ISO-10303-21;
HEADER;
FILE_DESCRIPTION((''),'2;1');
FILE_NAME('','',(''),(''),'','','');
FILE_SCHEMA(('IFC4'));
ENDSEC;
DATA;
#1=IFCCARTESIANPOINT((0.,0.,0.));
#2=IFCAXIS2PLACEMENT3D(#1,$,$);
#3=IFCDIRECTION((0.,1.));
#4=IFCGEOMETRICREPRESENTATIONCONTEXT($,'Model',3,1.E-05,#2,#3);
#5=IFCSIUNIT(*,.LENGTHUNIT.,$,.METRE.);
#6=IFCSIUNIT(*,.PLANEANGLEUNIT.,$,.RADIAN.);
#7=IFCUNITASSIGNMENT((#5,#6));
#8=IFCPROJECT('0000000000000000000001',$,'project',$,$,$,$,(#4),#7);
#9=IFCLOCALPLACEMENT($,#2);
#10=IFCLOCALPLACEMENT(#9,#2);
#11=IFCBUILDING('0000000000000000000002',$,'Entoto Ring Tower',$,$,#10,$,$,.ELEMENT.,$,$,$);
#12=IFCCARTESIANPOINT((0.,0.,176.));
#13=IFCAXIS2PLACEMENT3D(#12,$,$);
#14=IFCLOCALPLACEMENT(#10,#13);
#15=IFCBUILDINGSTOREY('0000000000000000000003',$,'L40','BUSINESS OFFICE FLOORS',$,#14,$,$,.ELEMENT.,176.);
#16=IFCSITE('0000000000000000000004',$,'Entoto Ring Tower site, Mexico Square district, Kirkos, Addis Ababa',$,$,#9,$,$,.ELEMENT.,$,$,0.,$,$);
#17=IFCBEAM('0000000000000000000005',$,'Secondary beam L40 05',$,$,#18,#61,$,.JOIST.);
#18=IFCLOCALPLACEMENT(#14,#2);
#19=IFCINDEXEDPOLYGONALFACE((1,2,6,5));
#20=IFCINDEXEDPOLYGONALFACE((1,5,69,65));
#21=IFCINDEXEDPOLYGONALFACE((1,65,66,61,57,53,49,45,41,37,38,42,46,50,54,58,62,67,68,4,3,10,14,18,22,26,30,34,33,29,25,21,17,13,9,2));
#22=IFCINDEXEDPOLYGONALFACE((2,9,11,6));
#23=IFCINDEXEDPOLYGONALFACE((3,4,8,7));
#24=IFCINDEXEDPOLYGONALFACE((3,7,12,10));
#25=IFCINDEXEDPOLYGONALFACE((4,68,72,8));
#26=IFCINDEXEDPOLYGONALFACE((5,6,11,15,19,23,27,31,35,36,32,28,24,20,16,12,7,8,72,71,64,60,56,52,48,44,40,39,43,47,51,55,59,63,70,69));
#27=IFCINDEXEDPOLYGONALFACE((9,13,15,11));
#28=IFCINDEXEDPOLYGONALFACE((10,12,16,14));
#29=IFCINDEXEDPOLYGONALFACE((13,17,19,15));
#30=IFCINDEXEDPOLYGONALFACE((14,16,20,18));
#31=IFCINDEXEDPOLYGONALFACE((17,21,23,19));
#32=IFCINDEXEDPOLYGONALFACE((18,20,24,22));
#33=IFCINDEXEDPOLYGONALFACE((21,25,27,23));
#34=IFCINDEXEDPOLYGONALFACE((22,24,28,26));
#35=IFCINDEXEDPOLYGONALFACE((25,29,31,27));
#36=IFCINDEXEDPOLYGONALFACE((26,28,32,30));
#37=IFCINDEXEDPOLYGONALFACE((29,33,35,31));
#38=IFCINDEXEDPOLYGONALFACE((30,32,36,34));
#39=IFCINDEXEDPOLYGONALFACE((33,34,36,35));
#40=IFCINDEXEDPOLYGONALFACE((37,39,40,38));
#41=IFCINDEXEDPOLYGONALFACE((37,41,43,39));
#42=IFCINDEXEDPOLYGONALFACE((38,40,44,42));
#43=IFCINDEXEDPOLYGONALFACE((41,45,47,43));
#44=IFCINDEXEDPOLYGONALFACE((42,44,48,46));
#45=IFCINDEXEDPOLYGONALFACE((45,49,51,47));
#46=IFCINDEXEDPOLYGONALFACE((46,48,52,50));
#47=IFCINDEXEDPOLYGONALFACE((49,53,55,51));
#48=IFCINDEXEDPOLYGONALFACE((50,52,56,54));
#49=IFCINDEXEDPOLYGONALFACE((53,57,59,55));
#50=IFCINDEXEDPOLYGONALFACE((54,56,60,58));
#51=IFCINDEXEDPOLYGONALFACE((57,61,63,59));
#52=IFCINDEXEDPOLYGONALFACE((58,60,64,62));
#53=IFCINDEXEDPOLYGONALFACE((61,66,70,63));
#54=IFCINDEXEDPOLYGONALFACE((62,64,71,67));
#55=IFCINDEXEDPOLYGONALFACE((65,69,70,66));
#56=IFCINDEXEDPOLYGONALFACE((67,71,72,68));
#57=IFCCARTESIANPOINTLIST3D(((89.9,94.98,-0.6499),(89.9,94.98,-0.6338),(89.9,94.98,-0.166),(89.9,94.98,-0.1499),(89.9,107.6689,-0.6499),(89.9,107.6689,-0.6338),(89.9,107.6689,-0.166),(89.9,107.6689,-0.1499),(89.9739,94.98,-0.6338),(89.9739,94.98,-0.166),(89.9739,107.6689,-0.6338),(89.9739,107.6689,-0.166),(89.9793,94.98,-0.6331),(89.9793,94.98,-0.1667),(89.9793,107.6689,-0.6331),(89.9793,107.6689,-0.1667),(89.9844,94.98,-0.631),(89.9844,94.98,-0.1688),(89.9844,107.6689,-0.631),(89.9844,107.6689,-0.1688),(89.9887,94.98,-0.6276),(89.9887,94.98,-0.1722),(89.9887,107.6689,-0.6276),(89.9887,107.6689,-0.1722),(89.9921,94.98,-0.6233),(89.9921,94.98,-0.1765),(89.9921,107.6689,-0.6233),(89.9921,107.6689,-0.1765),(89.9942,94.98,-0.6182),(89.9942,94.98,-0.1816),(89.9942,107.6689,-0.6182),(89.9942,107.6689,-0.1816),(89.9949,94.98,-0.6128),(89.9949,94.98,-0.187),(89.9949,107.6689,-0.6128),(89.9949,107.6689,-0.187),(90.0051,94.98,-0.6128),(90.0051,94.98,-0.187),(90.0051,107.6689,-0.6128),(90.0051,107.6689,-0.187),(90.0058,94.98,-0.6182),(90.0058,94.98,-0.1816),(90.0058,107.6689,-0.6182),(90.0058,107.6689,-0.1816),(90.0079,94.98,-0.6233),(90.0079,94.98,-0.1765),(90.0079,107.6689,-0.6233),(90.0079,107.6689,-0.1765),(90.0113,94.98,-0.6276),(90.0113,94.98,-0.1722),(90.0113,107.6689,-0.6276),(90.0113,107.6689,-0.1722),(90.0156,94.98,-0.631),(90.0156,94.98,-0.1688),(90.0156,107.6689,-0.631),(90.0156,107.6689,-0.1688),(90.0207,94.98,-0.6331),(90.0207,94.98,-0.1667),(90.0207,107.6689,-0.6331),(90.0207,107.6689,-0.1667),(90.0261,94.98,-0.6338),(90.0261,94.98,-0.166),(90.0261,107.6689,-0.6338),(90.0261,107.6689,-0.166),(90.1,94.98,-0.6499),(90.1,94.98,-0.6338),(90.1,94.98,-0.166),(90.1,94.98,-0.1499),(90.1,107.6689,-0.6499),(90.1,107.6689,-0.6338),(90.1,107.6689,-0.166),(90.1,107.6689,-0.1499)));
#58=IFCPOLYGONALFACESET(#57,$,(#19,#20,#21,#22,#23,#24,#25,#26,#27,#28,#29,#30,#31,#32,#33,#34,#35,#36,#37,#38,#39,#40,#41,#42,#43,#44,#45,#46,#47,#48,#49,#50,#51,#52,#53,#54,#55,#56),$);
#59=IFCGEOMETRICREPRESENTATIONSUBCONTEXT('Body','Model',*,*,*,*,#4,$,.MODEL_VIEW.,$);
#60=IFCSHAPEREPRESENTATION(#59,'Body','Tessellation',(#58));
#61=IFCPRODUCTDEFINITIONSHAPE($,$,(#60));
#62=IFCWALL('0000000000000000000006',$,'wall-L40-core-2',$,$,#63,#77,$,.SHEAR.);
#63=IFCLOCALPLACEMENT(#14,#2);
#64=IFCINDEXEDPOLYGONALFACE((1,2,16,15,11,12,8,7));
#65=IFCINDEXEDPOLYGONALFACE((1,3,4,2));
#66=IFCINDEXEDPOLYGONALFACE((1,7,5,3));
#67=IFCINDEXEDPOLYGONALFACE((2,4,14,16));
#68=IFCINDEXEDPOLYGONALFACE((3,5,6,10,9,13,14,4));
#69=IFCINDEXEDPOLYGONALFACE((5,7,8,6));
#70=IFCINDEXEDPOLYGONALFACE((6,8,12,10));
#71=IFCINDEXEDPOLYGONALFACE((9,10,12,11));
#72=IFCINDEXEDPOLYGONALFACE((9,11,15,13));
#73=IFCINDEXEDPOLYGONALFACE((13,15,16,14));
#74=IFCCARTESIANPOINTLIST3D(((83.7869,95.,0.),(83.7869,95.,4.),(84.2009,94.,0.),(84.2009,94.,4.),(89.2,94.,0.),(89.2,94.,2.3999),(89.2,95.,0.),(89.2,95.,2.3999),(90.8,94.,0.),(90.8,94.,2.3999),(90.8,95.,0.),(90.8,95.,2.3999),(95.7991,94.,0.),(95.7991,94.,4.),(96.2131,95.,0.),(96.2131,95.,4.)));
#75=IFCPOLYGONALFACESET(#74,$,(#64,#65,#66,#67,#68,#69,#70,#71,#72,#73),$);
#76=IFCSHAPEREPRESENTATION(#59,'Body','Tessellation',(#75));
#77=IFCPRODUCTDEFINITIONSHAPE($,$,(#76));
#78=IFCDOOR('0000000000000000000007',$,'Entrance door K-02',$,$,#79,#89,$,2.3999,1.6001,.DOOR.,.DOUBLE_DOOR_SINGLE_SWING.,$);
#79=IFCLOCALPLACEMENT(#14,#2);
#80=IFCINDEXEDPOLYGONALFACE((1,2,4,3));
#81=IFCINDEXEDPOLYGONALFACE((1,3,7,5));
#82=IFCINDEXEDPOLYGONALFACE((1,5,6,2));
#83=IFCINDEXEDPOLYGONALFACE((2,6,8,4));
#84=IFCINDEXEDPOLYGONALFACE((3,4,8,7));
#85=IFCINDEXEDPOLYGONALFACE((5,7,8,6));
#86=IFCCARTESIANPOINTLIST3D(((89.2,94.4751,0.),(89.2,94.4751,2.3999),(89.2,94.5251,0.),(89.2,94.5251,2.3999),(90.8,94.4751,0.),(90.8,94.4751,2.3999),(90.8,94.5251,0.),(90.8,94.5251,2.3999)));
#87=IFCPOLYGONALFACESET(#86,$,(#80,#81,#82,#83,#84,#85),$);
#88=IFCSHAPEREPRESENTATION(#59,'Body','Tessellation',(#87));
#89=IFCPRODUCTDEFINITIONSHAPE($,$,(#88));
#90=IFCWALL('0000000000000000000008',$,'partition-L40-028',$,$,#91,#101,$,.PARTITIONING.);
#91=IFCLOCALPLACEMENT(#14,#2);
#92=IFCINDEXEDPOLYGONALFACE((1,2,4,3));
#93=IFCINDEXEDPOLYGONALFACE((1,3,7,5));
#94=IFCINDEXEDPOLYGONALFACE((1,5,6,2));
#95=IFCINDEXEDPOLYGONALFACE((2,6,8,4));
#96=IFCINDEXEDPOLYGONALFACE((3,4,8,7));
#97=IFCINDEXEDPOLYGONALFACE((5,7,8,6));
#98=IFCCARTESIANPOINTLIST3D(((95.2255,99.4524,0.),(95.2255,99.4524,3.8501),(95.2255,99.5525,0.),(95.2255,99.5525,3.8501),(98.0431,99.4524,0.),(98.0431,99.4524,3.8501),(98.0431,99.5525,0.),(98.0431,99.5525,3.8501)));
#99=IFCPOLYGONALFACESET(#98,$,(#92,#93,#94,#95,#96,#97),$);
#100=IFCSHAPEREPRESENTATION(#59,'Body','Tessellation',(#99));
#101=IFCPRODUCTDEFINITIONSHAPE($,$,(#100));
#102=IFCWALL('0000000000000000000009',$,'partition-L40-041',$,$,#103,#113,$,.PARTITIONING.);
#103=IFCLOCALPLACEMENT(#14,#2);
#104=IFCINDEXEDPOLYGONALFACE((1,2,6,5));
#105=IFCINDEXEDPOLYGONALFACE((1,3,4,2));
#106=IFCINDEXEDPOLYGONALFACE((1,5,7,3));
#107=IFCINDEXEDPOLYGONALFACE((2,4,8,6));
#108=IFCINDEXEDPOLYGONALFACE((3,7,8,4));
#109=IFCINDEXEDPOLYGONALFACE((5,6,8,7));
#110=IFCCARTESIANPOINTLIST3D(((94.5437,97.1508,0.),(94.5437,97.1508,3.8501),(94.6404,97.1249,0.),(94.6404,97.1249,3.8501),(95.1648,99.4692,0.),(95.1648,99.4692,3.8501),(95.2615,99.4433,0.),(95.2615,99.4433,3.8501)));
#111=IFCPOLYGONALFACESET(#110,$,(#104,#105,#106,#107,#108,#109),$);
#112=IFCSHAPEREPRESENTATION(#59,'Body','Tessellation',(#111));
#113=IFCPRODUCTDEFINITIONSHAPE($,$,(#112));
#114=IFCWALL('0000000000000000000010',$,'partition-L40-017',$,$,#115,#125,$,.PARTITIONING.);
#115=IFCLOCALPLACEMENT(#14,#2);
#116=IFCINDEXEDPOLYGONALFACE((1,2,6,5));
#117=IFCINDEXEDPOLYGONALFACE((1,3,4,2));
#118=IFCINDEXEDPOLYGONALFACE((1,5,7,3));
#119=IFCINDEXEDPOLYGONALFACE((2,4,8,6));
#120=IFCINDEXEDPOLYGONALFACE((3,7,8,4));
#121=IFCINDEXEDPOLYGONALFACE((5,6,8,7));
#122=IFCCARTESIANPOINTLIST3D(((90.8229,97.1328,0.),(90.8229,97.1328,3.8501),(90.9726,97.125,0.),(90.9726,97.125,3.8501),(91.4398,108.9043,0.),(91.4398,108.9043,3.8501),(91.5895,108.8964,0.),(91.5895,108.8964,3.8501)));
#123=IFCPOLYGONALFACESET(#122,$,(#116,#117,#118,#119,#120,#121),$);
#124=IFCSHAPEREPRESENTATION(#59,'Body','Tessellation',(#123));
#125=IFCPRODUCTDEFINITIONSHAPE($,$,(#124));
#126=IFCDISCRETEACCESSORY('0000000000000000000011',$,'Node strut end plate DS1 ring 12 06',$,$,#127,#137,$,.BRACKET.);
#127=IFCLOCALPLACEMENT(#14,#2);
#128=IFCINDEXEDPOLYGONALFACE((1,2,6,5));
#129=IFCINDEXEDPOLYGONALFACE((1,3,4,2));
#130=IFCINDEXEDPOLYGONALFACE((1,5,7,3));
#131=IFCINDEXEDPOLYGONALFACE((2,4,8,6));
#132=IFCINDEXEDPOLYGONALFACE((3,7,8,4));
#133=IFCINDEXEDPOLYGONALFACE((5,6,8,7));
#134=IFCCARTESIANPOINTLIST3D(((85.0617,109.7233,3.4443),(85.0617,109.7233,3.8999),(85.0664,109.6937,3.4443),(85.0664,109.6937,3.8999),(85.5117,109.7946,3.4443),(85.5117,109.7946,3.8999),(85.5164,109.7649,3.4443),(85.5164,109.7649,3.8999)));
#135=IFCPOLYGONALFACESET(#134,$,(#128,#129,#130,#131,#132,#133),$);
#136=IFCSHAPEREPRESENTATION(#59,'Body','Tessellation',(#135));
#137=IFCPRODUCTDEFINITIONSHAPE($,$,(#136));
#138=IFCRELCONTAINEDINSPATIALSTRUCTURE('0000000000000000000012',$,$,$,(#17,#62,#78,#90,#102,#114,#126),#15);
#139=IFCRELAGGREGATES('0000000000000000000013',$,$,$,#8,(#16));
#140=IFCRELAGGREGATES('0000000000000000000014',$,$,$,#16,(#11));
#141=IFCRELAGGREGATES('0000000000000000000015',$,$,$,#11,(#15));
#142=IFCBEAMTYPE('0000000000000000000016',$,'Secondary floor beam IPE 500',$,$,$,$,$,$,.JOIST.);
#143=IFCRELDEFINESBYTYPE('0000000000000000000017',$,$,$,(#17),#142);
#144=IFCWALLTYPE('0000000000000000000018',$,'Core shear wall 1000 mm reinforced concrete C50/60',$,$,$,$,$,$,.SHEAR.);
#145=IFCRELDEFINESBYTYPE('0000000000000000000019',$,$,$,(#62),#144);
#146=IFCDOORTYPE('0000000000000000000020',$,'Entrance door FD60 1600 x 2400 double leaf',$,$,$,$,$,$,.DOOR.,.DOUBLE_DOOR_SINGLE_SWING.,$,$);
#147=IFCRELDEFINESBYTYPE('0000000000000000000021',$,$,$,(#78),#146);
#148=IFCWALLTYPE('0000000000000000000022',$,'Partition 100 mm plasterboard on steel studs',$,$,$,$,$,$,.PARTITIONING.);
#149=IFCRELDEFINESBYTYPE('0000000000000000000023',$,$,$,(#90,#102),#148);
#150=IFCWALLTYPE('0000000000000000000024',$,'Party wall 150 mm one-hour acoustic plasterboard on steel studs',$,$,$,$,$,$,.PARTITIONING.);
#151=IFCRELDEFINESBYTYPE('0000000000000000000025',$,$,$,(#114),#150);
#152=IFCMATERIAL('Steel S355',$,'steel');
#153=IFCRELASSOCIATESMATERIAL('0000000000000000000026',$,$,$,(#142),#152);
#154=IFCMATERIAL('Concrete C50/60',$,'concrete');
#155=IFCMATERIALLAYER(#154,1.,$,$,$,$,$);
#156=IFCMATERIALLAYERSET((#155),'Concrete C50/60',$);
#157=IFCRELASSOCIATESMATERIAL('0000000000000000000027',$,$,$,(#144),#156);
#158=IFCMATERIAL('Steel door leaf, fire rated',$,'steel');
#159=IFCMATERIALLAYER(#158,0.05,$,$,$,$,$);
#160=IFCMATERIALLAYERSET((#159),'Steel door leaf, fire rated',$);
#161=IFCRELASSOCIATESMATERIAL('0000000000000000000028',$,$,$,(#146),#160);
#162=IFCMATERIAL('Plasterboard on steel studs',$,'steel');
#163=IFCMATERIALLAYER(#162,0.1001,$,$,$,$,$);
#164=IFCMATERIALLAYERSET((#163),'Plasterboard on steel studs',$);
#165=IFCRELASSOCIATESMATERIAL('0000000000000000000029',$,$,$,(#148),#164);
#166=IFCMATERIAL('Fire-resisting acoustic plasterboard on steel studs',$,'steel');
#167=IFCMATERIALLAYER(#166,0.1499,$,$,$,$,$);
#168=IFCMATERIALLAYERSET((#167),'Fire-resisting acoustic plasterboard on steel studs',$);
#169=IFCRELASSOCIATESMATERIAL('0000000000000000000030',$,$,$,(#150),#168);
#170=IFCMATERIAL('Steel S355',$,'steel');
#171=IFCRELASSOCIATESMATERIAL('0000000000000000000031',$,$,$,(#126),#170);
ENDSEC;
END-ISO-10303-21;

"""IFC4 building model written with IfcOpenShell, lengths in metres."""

from ifc_helpers import new_model, si_unit, direction, frame, frame_2d, origin, origin_2d, place, context, subcontext, project, spatial, polyline, rectangle, i_section, outline, extrude, material, layer, layer_set, material_profile, profile_set, type_object, element, fill, save


model = new_model("IFC4")

# Units and contexts
model_context = context("Model", 3, precision=1e-05, world=origin(), true_north=direction((0.0, 1.0)))
body_context = subcontext(model_context, "Body", "Model", "MODEL_VIEW")
ifc_project = project(units=[si_unit("LENGTHUNIT", "METRE"), si_unit("PLANEANGLEUNIT", "RADIAN")], contexts=[model_context])

# Site, building, storey
site_placement = place(None, origin())
site = spatial("IfcSite", under=ifc_project, at=site_placement, Name="Entoto Ring Tower site, Mexico Square district, Kirkos, Addis Ababa", CompositionType="ELEMENT", RefElevation=0.0)
building_placement = place(site_placement, origin())
building = spatial("IfcBuilding", under=site, at=building_placement, Name="Entoto Ring Tower", CompositionType="ELEMENT")
storey_placement = place(building_placement, frame((0.0, 0.0, 176.0)))
storey = spatial("IfcBuildingStorey", under=building, at=storey_placement, Name="L40", Description="BUSINESS OFFICE FLOORS", CompositionType="ELEMENT", Elevation=176.0)

# Beam
ifc_material_1 = material(Name="Steel S355", Category="steel")
ifc_material_profile_1 = material_profile(ifc_material_1, i_section(OverallWidth=0.2, OverallDepth=0.5, WebThickness=0.0103, FlangeThickness=0.0161, FilletRadius=0.021, at=origin_2d()), Name="IPE 500")
ifc_profile_set_1 = profile_set([ifc_material_profile_1], Name="Steel S355")
beam_type_1 = type_object("IfcBeamType", Name="Secondary floor beam IPE 500", PredefinedType="JOIST", material=ifc_profile_set_1)
beam_1_placement = place(storey_placement, frame((90.0, 94.98, -0.3999), z_axis=(0.0, 1.0, 0.0), x_axis=(-1.0, 0.0, 0.0)))
element("IfcBeam", 1, at=beam_1_placement, inside=storey, type_object=beam_type_1, Name="Secondary beam L40 05", PredefinedType="JOIST", context=body_context, shape_type="SweptSolid", body=[
    extrude(i_section(OverallWidth=0.2, OverallDepth=0.5, WebThickness=0.0103, FlangeThickness=0.0161, FilletRadius=0.021, at=origin_2d()), origin(), (0.0, 0.0, 1.0), 12.689),
])

# Wall, opening, door
ifc_material_2 = material(Name="Concrete C50/60", Category="concrete")
ifc_layer_1 = layer(ifc_material_2, 1.0)
ifc_layer_set_1 = layer_set([ifc_layer_1], Name="Concrete C50/60")
wall_type_1 = type_object("IfcWallType", Name="Core shear wall 1000 mm reinforced concrete C50/60", PredefinedType="SHEAR", material=ifc_layer_set_1)
wall_1_placement = place(storey_placement, frame((96.0061, 94.5, 0.0), z_axis=(0.0, 0.0, 1.0), x_axis=(-1.0, 0.0, 0.0)))
wall_1 = element("IfcWall", 2, at=wall_1_placement, inside=storey, type_object=wall_type_1, Name="wall-L40-core-2", PredefinedType="SHEAR", context=body_context, shape_type="SweptSolid", body=[
    extrude(outline(polyline([(-0.207, -0.5), (12.2192, -0.5), (11.8052, 0.5), (0.207, 0.5), (-0.207, -0.5)])), origin(), (0.0, 0.0, 1.0), 4.0),
])
opening_placement = place(wall_1_placement, frame((5.2061, 0.0, 0.0)))
opening = element("IfcOpeningElement", 3, at=opening_placement, cuts=wall_1, PredefinedType="OPENING", context=body_context, shape_type="SweptSolid", body=[
    extrude(rectangle(XDim=1.6001, YDim=2.3999, at=frame_2d((0.8, 1.2))), frame((0.0, 0.51, 0.0), z_axis=(0.0, -1.0, 0.0), x_axis=(1.0, 0.0, 0.0)), (0.0, 0.0, 1.0), 1.02),
])
ifc_material_3 = material(Name="Steel door leaf, fire rated", Category="steel")
ifc_layer_2 = layer(ifc_material_3, 0.05)
ifc_layer_set_2 = layer_set([ifc_layer_2], Name="Steel door leaf, fire rated")
door_type = type_object("IfcDoorType", Name="Entrance door FD60 1600 x 2400 double leaf", OperationType="DOUBLE_DOOR_SINGLE_SWING", PredefinedType="DOOR", material=ifc_layer_set_2)
door_placement = place(opening_placement, origin())
door = element("IfcDoor", 4, at=door_placement, inside=storey, type_object=door_type, Name="Entrance door K-02", OperationType="DOUBLE_DOOR_SINGLE_SWING", OverallHeight=2.3999, OverallWidth=1.6001, PredefinedType="DOOR", context=body_context, shape_type="SweptSolid", body=[
    extrude(rectangle(XDim=1.6001, YDim=2.3999, at=frame_2d((0.8, 1.2))), frame((0.0, 0.0249, 0.0), z_axis=(0.0, -1.0, 0.0), x_axis=(1.0, 0.0, 0.0)), (0.0, 0.0, 1.0), 0.05),
])
fill(opening, door)

# Walls
ifc_material_4 = material(Name="Plasterboard on steel studs", Category="steel")
ifc_layer_3 = layer(ifc_material_4, 0.1001)
ifc_layer_set_3 = layer_set([ifc_layer_3], Name="Plasterboard on steel studs")
wall_type_2 = type_object("IfcWallType", Name="Partition 100 mm plasterboard on steel studs", PredefinedType="PARTITIONING", material=ifc_layer_set_3)
wall_2_placement = place(storey_placement, frame((95.2256, 99.5024, 0.0), z_axis=(0.0, 0.0, 1.0), x_axis=(1.0, 0.0, 0.0)))
element("IfcWall", 5, at=wall_2_placement, inside=storey, type_object=wall_type_2, Name="partition-L40-028", PredefinedType="PARTITIONING", context=body_context, shape_type="SweptSolid", body=[
    extrude(rectangle(XDim=2.8176, YDim=0.1001, at=frame_2d((1.4087, 0.0))), origin(), (0.0, 0.0, 1.0), 3.8501),
])
wall_3_placement = place(storey_placement, frame((94.592, 97.1377, 0.0), z_axis=(0.0, 0.0, 1.0), x_axis=(0.258777, 0.965937, 0.0)))
element("IfcWall", 6, at=wall_3_placement, inside=storey, type_object=wall_type_2, Name="partition-L40-041", PredefinedType="PARTITIONING", context=body_context, shape_type="SweptSolid", body=[
    extrude(rectangle(XDim=2.4001, YDim=0.1001, at=frame_2d((1.2002, 0.0))), origin(), (0.0, 0.0, 1.0), 3.8501),
])
ifc_material_5 = material(Name="Fire-resisting acoustic plasterboard on steel studs", Category="steel")
ifc_layer_4 = layer(ifc_material_5, 0.1499)
ifc_layer_set_4 = layer_set([ifc_layer_4], Name="Fire-resisting acoustic plasterboard on steel studs")
wall_type_3 = type_object("IfcWallType", Name="Party wall 150 mm one-hour acoustic plasterboard on steel studs", PredefinedType="PARTITIONING", material=ifc_layer_set_4)
wall_4_placement = place(storey_placement, frame((90.8977, 97.1289, 0.0), z_axis=(0.0, 0.0, 1.0), x_axis=(0.052338, 0.998629, 0.0)))
element("IfcWall", 7, at=wall_4_placement, inside=storey, type_object=wall_type_3, Name="partition-L40-017", PredefinedType="PARTITIONING", context=body_context, shape_type="SweptSolid", body=[
    extrude(rectangle(XDim=11.7876, YDim=0.1499, at=frame_2d((5.8938, 0.0))), origin(), (0.0, 0.0, 1.0), 3.8501),
])

# Discrete accessory
ifc_material_6 = material(Name="Steel S355", Category="steel")
discrete_accessory_placement = place(storey_placement, frame((85.2891, 109.7441, 3.4443), z_axis=(0.0, 0.0, 1.0), x_axis=(-0.156434, 0.987688, 0.0)))
element("IfcDiscreteAccessory", 8, at=discrete_accessory_placement, inside=storey, material=ifc_material_6, Name="Node strut end plate DS1 ring 12 06", PredefinedType="BRACKET", context=body_context, shape_type="SweptSolid", body=[
    extrude(rectangle(XDim=0.03, YDim=0.4556, at=origin_2d()), origin(), (0.0, 0.0, 1.0), 0.4556),
])

save(model, "model.ifc")
